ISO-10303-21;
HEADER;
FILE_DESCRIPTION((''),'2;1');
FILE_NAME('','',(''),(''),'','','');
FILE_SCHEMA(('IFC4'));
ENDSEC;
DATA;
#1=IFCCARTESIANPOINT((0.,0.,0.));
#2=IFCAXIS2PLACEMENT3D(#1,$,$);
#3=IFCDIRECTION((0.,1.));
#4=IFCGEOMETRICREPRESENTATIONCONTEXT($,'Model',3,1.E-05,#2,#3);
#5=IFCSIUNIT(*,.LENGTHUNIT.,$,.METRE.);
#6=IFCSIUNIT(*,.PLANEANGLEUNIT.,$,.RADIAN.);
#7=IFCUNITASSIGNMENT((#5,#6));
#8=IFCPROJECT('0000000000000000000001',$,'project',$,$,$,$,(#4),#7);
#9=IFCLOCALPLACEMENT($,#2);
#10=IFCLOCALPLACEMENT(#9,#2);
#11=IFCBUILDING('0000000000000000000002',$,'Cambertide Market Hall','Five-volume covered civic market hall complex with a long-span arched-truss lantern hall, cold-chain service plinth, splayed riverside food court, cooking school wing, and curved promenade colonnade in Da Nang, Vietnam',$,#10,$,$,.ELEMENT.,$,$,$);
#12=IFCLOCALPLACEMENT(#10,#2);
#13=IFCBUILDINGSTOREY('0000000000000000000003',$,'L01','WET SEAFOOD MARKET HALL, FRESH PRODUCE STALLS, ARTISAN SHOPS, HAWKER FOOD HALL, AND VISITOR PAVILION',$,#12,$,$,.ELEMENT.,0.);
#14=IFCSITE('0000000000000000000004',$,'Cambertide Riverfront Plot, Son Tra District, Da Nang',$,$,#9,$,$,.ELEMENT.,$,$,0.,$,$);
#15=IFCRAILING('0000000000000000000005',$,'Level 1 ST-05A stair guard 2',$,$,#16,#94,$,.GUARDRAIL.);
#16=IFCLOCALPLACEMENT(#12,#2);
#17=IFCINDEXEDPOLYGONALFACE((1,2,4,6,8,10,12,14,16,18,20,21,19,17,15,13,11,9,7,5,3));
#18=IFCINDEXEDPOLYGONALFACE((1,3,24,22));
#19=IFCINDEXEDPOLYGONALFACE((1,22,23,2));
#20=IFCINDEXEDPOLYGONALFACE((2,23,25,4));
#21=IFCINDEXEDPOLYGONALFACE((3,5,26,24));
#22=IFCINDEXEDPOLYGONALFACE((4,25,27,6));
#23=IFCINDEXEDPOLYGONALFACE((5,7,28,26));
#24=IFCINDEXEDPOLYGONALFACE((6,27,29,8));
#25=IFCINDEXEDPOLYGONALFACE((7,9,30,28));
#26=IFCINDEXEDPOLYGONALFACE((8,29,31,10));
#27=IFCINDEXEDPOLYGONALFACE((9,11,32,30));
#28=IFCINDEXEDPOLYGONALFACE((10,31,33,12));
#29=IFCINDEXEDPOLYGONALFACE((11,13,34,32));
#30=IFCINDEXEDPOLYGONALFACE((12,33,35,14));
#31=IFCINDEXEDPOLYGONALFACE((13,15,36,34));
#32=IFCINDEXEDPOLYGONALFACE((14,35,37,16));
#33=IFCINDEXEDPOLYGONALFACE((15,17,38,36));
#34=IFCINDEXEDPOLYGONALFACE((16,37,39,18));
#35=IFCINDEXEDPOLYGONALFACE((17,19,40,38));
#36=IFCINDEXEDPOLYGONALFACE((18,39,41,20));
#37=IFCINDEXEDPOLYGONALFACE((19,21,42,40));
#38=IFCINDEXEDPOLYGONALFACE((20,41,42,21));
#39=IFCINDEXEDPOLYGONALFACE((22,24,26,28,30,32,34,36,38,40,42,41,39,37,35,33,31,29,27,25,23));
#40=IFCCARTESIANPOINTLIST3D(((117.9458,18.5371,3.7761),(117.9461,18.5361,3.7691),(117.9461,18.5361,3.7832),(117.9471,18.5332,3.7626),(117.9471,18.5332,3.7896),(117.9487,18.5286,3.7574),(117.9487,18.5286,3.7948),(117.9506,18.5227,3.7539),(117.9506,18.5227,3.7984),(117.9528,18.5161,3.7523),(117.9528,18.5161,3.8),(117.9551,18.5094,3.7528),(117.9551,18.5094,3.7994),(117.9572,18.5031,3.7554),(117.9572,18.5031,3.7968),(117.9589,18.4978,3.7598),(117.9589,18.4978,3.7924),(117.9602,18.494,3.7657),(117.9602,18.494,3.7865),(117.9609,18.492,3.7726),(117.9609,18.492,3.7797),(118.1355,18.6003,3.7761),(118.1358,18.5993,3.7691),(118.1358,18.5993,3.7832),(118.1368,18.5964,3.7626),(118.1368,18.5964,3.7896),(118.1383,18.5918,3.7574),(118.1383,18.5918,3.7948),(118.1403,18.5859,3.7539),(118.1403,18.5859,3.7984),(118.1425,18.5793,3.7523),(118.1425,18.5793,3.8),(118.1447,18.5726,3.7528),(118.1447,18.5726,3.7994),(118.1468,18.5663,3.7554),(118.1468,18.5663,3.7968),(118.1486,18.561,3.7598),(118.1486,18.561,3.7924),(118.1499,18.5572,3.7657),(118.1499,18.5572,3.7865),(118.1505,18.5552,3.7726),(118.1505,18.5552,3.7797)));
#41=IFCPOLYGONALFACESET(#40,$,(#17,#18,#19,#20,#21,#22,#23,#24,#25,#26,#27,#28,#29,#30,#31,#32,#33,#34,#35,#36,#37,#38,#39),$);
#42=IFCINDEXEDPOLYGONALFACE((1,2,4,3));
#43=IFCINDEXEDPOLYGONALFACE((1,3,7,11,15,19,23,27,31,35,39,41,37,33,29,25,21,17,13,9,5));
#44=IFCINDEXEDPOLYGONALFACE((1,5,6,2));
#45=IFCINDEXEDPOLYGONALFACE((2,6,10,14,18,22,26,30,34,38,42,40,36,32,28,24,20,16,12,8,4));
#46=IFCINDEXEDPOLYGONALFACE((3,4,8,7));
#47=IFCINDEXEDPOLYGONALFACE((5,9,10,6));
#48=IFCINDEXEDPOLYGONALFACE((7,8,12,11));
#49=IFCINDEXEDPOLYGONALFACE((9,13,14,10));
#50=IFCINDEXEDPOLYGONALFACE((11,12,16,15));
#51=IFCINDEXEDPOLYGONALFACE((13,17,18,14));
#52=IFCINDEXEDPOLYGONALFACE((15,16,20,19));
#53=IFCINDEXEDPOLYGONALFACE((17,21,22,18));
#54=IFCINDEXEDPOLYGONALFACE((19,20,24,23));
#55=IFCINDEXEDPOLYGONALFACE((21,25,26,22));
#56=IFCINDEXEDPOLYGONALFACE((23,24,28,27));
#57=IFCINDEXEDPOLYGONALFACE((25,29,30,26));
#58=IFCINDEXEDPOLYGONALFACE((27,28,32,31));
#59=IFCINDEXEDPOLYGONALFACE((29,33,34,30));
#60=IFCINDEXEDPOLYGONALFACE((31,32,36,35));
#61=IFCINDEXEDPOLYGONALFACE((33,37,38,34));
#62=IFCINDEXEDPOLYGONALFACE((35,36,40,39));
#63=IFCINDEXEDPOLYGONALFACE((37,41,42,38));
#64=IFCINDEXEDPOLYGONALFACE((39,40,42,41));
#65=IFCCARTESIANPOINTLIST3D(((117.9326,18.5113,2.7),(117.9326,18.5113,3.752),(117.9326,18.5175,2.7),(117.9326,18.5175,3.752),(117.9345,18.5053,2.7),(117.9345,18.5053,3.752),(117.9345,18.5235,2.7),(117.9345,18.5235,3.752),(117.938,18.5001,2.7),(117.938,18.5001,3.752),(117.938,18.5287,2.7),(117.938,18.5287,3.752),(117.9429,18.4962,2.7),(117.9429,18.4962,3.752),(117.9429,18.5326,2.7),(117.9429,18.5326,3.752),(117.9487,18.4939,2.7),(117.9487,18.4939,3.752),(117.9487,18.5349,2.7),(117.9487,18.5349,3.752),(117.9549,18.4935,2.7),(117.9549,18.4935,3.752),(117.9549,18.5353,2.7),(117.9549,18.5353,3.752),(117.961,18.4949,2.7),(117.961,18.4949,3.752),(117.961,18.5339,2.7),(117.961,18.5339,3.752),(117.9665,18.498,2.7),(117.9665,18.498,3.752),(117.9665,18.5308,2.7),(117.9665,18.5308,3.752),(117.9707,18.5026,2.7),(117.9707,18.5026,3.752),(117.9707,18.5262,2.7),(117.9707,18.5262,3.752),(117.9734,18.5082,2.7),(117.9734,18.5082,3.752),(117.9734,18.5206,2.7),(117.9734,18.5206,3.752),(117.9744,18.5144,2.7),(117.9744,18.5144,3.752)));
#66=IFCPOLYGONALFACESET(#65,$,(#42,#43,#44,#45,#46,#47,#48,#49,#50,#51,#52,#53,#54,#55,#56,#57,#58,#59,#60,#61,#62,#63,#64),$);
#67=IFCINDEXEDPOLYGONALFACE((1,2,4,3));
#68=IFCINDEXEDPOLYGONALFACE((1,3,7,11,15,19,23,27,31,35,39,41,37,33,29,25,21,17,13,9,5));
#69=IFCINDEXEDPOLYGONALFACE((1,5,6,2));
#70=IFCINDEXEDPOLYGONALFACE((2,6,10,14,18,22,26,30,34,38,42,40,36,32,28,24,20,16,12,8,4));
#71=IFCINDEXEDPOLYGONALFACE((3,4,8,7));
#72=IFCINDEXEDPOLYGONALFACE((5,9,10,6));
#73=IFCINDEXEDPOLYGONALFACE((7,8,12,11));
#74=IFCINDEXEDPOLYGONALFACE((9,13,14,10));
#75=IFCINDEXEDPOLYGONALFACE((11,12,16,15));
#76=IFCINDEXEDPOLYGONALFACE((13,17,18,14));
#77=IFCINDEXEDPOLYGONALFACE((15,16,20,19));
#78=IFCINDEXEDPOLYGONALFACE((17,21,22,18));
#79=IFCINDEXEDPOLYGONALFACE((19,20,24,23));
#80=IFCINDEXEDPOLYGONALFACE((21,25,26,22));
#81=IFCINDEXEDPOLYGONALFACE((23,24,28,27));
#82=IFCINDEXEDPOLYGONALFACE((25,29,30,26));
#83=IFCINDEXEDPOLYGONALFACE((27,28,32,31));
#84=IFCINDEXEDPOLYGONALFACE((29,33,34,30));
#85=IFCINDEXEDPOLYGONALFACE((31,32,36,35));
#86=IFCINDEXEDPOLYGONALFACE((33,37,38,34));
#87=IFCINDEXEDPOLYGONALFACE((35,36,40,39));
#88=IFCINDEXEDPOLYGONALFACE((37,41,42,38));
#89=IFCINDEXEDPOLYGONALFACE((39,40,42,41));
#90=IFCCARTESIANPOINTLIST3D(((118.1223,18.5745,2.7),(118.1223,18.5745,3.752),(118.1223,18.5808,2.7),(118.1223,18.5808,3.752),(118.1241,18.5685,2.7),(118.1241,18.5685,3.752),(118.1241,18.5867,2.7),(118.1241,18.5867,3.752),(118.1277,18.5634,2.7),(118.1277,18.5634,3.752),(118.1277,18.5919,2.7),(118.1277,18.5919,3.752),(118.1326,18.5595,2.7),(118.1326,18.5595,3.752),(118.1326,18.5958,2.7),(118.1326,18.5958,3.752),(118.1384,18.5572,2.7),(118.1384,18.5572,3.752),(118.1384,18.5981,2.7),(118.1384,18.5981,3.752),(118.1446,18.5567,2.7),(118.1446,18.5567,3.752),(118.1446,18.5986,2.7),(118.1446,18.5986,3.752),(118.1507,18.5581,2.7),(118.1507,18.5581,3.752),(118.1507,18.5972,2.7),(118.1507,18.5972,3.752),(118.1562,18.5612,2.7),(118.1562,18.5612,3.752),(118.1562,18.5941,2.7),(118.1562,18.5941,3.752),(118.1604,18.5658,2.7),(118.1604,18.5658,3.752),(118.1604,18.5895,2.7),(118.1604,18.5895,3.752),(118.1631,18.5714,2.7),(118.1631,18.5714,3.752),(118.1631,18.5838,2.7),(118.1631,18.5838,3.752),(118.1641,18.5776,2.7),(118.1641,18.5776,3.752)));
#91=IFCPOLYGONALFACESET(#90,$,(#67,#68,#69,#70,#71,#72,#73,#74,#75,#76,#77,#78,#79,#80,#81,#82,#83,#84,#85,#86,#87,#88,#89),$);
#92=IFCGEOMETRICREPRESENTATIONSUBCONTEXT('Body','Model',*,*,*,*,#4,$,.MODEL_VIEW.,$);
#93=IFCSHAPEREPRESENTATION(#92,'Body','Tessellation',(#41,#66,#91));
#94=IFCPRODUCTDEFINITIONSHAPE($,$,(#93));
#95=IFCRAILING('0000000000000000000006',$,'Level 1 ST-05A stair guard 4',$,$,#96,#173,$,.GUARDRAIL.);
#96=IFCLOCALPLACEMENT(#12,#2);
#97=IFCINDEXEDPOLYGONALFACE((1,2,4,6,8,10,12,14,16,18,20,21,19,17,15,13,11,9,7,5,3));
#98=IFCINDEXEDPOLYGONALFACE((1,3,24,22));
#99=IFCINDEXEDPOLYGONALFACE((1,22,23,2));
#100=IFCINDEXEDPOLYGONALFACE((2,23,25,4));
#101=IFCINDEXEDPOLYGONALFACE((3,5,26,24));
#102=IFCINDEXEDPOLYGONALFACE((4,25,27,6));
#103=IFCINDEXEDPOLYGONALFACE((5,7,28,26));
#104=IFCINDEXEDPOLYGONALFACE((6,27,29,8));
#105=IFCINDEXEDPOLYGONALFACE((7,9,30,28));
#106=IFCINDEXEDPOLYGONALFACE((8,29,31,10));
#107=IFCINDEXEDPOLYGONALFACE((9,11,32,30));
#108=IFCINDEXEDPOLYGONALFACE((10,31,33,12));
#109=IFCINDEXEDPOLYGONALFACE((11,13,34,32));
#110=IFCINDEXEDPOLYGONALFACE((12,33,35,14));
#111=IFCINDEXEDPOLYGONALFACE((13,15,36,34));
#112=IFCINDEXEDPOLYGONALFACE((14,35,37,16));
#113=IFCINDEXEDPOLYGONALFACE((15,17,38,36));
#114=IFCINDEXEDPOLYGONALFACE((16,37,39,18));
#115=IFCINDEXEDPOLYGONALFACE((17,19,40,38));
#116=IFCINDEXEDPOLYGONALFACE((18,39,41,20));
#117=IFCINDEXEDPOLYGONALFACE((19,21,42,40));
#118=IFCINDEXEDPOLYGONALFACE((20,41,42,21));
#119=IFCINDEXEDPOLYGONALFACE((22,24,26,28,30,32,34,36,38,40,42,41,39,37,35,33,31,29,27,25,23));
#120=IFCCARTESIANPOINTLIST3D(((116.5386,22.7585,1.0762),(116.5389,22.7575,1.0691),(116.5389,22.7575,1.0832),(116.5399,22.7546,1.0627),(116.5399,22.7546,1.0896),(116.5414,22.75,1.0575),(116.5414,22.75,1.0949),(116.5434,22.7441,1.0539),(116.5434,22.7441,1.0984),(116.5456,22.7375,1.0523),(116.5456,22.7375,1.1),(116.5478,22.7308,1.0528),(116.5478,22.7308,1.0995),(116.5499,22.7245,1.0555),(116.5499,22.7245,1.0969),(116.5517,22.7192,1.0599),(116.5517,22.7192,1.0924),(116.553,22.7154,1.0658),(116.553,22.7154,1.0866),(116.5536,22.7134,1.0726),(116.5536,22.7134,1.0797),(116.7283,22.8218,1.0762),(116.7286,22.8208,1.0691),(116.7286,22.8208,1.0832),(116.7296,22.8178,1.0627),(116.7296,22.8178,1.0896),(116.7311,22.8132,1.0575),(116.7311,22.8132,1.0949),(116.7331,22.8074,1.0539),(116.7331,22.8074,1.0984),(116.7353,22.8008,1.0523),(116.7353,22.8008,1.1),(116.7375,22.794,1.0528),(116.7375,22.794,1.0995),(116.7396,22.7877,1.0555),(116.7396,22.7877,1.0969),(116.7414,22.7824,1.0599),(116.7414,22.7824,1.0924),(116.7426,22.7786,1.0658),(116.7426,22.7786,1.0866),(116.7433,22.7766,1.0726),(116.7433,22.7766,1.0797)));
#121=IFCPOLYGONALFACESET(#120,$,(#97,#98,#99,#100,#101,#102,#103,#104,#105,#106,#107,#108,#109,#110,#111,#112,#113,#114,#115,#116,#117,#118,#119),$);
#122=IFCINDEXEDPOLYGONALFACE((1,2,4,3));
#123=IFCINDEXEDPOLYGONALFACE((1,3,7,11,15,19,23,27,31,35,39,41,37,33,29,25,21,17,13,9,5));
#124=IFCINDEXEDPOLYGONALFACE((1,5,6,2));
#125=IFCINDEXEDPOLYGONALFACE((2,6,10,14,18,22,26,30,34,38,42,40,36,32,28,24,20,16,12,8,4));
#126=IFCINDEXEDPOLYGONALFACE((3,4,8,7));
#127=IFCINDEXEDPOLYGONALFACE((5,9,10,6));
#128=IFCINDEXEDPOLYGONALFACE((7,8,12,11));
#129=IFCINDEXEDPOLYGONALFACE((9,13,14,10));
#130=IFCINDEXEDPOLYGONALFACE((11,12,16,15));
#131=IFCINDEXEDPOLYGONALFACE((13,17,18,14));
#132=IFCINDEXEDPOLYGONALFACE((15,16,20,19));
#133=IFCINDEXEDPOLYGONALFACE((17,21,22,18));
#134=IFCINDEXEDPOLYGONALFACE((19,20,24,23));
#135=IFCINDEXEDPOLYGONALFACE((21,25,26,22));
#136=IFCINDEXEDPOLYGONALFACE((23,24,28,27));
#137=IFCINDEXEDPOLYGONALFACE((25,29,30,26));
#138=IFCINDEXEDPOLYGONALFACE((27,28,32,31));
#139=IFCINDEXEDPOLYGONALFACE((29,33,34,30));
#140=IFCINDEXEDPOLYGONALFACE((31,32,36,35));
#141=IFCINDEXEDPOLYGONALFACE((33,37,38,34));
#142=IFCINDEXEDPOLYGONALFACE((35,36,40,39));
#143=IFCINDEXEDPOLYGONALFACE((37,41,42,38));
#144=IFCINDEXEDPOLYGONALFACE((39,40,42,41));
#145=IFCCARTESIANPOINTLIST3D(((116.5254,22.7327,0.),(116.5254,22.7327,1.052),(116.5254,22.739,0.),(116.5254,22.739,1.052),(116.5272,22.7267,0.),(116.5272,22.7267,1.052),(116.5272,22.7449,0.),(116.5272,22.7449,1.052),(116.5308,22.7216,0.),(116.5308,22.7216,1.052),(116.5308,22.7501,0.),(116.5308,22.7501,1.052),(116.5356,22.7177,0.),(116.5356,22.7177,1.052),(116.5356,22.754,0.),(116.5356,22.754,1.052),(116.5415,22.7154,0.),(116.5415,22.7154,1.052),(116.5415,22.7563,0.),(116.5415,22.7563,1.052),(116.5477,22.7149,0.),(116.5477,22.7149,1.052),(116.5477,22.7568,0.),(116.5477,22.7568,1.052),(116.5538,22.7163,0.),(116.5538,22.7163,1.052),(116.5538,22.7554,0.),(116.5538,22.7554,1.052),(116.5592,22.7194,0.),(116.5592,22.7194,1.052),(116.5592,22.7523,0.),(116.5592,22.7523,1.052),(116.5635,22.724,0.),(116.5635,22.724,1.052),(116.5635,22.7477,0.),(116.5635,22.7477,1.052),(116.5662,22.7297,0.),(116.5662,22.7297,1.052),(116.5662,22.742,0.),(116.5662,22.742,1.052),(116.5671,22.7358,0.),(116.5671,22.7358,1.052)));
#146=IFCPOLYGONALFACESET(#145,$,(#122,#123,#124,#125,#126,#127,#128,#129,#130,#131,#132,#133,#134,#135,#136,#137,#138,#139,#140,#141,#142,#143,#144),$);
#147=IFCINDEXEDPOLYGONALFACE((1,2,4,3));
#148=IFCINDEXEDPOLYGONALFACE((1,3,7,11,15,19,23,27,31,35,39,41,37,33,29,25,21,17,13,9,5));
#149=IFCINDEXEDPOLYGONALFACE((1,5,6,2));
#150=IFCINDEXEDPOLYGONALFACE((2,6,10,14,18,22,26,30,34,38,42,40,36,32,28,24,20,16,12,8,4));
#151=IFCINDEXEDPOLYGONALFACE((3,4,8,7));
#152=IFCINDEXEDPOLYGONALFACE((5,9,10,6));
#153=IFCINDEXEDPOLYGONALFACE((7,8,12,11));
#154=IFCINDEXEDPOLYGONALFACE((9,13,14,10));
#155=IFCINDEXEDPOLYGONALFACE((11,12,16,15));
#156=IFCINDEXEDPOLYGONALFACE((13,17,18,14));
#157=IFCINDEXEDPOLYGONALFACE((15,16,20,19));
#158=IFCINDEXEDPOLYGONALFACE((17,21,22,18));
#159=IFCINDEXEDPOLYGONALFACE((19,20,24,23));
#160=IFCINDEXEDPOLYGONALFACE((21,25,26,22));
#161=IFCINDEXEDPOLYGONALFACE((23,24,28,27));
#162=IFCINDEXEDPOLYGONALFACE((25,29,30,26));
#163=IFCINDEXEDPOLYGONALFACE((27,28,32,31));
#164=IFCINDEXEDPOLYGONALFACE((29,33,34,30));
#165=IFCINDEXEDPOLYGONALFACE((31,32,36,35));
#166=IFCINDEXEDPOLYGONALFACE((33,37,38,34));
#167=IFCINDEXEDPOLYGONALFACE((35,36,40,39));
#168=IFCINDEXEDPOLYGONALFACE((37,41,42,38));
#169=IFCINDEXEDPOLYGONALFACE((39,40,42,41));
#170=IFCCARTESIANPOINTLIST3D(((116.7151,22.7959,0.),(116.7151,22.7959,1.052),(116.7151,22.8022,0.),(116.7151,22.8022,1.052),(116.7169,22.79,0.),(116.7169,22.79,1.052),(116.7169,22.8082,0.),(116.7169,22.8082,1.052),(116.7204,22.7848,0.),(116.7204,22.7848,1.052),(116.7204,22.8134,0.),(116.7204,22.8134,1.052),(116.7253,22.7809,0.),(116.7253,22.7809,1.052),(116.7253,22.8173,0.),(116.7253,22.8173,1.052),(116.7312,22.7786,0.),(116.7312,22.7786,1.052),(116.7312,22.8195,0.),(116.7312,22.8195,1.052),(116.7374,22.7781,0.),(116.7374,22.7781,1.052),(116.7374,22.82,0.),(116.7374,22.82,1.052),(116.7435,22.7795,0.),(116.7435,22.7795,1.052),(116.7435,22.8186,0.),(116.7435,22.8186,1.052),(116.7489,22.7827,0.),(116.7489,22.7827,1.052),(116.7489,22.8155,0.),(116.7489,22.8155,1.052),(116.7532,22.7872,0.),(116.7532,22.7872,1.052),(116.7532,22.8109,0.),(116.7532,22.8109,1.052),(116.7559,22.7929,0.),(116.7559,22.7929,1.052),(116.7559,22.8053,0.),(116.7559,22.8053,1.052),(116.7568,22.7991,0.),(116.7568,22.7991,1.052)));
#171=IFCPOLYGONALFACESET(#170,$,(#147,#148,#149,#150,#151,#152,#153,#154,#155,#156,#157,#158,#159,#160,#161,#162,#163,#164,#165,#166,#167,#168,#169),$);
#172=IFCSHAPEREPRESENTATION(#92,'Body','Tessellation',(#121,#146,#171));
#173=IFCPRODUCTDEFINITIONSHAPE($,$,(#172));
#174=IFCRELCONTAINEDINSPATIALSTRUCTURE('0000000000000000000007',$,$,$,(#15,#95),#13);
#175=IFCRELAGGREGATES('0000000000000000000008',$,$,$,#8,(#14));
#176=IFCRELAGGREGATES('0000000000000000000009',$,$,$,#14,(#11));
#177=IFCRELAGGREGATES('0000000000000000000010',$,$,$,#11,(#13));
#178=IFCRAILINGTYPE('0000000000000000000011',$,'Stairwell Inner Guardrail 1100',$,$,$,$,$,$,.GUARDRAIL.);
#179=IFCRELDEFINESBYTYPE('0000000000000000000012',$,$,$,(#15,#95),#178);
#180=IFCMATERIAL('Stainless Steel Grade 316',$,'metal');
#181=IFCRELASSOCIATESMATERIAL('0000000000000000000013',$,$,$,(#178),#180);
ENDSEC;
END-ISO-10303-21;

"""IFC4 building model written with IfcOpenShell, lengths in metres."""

from ifc_helpers import new_model, si_unit, direction, frame, origin, origin_2d, place, context, subcontext, project, spatial, circle, extrude, material, type_object, element, save


model = new_model("IFC4")

# Units and contexts
model_context = context("Model", 3, precision=1e-05, world=origin(), true_north=direction((0.0, 1.0)))
body_context = subcontext(model_context, "Body", "Model", "MODEL_VIEW")
ifc_project = project(units=[si_unit("LENGTHUNIT", "METRE"), si_unit("PLANEANGLEUNIT", "RADIAN")], contexts=[model_context])

# Site, building, storey
site_placement = place(None, origin())
site = spatial("IfcSite", under=ifc_project, at=site_placement, Name="Cambertide Riverfront Plot, Son Tra District, Da Nang", CompositionType="ELEMENT", RefElevation=0.0)
building_placement = place(site_placement, origin())
building = spatial("IfcBuilding", under=site, at=building_placement, Name="Cambertide Market Hall", Description="Five-volume covered civic market hall complex with a long-span arched-truss lantern hall, cold-chain service plinth, splayed riverside food court, cooking school wing, and curved promenade colonnade in Da Nang, Vietnam", CompositionType="ELEMENT")
storey_placement = place(building_placement, origin())
storey = spatial("IfcBuildingStorey", under=building, at=storey_placement, Name="L01", Description="WET SEAFOOD MARKET HALL, FRESH PRODUCE STALLS, ARTISAN SHOPS, HAWKER FOOD HALL, AND VISITOR PAVILION", CompositionType="ELEMENT", Elevation=0.0)

# Railings
ifc_material_1 = material(Name="Stainless Steel Grade 316", Category="metal")
railing_type_1 = type_object("IfcRailingType", Name="Stairwell Inner Guardrail 1100", PredefinedType="GUARDRAIL", material=ifc_material_1)
railing_1_placement = place(storey_placement, frame((117.9534, 18.5144, 2.7)))
element("IfcRailing", 1, at=railing_1_placement, inside=storey, type_object=railing_type_1, Name="Level 1 ST-05A stair guard 2", PredefinedType="GUARDRAIL", context=body_context, shape_type="SweptSolid", body=[
    extrude(circle(Radius=0.0239, at=origin_2d()), frame((0.0, 0.0, 1.0762), z_axis=(0.948683, 0.316228, 0.0), x_axis=(-0.316228, 0.948683, 0.0)), (0.0, 0.0, 1.0), 0.2),
    extrude(circle(Radius=0.021, at=origin_2d()), origin(), (0.0, 0.0, 1.0), 1.052),
    extrude(circle(Radius=0.021, at=origin_2d()), frame((0.1897, 0.0632, 0.0)), (0.0, 0.0, 1.0), 1.052),
])
railing_2_placement = place(storey_placement, frame((116.5461, 22.7358, 0.0)))
element("IfcRailing", 2, at=railing_2_placement, inside=storey, type_object=railing_type_1, Name="Level 1 ST-05A stair guard 4", PredefinedType="GUARDRAIL", context=body_context, shape_type="SweptSolid", body=[
    extrude(circle(Radius=0.0239, at=origin_2d()), frame((0.0, 0.0, 1.0762), z_axis=(0.948683, 0.316228, 0.0), x_axis=(-0.316228, 0.948683, 0.0)), (0.0, 0.0, 1.0), 0.2),
    extrude(circle(Radius=0.021, at=origin_2d()), origin(), (0.0, 0.0, 1.0), 1.052),
    extrude(circle(Radius=0.021, at=origin_2d()), frame((0.1897, 0.0632, 0.0)), (0.0, 0.0, 1.0), 1.052),
])

save(model, "model.ifc")
